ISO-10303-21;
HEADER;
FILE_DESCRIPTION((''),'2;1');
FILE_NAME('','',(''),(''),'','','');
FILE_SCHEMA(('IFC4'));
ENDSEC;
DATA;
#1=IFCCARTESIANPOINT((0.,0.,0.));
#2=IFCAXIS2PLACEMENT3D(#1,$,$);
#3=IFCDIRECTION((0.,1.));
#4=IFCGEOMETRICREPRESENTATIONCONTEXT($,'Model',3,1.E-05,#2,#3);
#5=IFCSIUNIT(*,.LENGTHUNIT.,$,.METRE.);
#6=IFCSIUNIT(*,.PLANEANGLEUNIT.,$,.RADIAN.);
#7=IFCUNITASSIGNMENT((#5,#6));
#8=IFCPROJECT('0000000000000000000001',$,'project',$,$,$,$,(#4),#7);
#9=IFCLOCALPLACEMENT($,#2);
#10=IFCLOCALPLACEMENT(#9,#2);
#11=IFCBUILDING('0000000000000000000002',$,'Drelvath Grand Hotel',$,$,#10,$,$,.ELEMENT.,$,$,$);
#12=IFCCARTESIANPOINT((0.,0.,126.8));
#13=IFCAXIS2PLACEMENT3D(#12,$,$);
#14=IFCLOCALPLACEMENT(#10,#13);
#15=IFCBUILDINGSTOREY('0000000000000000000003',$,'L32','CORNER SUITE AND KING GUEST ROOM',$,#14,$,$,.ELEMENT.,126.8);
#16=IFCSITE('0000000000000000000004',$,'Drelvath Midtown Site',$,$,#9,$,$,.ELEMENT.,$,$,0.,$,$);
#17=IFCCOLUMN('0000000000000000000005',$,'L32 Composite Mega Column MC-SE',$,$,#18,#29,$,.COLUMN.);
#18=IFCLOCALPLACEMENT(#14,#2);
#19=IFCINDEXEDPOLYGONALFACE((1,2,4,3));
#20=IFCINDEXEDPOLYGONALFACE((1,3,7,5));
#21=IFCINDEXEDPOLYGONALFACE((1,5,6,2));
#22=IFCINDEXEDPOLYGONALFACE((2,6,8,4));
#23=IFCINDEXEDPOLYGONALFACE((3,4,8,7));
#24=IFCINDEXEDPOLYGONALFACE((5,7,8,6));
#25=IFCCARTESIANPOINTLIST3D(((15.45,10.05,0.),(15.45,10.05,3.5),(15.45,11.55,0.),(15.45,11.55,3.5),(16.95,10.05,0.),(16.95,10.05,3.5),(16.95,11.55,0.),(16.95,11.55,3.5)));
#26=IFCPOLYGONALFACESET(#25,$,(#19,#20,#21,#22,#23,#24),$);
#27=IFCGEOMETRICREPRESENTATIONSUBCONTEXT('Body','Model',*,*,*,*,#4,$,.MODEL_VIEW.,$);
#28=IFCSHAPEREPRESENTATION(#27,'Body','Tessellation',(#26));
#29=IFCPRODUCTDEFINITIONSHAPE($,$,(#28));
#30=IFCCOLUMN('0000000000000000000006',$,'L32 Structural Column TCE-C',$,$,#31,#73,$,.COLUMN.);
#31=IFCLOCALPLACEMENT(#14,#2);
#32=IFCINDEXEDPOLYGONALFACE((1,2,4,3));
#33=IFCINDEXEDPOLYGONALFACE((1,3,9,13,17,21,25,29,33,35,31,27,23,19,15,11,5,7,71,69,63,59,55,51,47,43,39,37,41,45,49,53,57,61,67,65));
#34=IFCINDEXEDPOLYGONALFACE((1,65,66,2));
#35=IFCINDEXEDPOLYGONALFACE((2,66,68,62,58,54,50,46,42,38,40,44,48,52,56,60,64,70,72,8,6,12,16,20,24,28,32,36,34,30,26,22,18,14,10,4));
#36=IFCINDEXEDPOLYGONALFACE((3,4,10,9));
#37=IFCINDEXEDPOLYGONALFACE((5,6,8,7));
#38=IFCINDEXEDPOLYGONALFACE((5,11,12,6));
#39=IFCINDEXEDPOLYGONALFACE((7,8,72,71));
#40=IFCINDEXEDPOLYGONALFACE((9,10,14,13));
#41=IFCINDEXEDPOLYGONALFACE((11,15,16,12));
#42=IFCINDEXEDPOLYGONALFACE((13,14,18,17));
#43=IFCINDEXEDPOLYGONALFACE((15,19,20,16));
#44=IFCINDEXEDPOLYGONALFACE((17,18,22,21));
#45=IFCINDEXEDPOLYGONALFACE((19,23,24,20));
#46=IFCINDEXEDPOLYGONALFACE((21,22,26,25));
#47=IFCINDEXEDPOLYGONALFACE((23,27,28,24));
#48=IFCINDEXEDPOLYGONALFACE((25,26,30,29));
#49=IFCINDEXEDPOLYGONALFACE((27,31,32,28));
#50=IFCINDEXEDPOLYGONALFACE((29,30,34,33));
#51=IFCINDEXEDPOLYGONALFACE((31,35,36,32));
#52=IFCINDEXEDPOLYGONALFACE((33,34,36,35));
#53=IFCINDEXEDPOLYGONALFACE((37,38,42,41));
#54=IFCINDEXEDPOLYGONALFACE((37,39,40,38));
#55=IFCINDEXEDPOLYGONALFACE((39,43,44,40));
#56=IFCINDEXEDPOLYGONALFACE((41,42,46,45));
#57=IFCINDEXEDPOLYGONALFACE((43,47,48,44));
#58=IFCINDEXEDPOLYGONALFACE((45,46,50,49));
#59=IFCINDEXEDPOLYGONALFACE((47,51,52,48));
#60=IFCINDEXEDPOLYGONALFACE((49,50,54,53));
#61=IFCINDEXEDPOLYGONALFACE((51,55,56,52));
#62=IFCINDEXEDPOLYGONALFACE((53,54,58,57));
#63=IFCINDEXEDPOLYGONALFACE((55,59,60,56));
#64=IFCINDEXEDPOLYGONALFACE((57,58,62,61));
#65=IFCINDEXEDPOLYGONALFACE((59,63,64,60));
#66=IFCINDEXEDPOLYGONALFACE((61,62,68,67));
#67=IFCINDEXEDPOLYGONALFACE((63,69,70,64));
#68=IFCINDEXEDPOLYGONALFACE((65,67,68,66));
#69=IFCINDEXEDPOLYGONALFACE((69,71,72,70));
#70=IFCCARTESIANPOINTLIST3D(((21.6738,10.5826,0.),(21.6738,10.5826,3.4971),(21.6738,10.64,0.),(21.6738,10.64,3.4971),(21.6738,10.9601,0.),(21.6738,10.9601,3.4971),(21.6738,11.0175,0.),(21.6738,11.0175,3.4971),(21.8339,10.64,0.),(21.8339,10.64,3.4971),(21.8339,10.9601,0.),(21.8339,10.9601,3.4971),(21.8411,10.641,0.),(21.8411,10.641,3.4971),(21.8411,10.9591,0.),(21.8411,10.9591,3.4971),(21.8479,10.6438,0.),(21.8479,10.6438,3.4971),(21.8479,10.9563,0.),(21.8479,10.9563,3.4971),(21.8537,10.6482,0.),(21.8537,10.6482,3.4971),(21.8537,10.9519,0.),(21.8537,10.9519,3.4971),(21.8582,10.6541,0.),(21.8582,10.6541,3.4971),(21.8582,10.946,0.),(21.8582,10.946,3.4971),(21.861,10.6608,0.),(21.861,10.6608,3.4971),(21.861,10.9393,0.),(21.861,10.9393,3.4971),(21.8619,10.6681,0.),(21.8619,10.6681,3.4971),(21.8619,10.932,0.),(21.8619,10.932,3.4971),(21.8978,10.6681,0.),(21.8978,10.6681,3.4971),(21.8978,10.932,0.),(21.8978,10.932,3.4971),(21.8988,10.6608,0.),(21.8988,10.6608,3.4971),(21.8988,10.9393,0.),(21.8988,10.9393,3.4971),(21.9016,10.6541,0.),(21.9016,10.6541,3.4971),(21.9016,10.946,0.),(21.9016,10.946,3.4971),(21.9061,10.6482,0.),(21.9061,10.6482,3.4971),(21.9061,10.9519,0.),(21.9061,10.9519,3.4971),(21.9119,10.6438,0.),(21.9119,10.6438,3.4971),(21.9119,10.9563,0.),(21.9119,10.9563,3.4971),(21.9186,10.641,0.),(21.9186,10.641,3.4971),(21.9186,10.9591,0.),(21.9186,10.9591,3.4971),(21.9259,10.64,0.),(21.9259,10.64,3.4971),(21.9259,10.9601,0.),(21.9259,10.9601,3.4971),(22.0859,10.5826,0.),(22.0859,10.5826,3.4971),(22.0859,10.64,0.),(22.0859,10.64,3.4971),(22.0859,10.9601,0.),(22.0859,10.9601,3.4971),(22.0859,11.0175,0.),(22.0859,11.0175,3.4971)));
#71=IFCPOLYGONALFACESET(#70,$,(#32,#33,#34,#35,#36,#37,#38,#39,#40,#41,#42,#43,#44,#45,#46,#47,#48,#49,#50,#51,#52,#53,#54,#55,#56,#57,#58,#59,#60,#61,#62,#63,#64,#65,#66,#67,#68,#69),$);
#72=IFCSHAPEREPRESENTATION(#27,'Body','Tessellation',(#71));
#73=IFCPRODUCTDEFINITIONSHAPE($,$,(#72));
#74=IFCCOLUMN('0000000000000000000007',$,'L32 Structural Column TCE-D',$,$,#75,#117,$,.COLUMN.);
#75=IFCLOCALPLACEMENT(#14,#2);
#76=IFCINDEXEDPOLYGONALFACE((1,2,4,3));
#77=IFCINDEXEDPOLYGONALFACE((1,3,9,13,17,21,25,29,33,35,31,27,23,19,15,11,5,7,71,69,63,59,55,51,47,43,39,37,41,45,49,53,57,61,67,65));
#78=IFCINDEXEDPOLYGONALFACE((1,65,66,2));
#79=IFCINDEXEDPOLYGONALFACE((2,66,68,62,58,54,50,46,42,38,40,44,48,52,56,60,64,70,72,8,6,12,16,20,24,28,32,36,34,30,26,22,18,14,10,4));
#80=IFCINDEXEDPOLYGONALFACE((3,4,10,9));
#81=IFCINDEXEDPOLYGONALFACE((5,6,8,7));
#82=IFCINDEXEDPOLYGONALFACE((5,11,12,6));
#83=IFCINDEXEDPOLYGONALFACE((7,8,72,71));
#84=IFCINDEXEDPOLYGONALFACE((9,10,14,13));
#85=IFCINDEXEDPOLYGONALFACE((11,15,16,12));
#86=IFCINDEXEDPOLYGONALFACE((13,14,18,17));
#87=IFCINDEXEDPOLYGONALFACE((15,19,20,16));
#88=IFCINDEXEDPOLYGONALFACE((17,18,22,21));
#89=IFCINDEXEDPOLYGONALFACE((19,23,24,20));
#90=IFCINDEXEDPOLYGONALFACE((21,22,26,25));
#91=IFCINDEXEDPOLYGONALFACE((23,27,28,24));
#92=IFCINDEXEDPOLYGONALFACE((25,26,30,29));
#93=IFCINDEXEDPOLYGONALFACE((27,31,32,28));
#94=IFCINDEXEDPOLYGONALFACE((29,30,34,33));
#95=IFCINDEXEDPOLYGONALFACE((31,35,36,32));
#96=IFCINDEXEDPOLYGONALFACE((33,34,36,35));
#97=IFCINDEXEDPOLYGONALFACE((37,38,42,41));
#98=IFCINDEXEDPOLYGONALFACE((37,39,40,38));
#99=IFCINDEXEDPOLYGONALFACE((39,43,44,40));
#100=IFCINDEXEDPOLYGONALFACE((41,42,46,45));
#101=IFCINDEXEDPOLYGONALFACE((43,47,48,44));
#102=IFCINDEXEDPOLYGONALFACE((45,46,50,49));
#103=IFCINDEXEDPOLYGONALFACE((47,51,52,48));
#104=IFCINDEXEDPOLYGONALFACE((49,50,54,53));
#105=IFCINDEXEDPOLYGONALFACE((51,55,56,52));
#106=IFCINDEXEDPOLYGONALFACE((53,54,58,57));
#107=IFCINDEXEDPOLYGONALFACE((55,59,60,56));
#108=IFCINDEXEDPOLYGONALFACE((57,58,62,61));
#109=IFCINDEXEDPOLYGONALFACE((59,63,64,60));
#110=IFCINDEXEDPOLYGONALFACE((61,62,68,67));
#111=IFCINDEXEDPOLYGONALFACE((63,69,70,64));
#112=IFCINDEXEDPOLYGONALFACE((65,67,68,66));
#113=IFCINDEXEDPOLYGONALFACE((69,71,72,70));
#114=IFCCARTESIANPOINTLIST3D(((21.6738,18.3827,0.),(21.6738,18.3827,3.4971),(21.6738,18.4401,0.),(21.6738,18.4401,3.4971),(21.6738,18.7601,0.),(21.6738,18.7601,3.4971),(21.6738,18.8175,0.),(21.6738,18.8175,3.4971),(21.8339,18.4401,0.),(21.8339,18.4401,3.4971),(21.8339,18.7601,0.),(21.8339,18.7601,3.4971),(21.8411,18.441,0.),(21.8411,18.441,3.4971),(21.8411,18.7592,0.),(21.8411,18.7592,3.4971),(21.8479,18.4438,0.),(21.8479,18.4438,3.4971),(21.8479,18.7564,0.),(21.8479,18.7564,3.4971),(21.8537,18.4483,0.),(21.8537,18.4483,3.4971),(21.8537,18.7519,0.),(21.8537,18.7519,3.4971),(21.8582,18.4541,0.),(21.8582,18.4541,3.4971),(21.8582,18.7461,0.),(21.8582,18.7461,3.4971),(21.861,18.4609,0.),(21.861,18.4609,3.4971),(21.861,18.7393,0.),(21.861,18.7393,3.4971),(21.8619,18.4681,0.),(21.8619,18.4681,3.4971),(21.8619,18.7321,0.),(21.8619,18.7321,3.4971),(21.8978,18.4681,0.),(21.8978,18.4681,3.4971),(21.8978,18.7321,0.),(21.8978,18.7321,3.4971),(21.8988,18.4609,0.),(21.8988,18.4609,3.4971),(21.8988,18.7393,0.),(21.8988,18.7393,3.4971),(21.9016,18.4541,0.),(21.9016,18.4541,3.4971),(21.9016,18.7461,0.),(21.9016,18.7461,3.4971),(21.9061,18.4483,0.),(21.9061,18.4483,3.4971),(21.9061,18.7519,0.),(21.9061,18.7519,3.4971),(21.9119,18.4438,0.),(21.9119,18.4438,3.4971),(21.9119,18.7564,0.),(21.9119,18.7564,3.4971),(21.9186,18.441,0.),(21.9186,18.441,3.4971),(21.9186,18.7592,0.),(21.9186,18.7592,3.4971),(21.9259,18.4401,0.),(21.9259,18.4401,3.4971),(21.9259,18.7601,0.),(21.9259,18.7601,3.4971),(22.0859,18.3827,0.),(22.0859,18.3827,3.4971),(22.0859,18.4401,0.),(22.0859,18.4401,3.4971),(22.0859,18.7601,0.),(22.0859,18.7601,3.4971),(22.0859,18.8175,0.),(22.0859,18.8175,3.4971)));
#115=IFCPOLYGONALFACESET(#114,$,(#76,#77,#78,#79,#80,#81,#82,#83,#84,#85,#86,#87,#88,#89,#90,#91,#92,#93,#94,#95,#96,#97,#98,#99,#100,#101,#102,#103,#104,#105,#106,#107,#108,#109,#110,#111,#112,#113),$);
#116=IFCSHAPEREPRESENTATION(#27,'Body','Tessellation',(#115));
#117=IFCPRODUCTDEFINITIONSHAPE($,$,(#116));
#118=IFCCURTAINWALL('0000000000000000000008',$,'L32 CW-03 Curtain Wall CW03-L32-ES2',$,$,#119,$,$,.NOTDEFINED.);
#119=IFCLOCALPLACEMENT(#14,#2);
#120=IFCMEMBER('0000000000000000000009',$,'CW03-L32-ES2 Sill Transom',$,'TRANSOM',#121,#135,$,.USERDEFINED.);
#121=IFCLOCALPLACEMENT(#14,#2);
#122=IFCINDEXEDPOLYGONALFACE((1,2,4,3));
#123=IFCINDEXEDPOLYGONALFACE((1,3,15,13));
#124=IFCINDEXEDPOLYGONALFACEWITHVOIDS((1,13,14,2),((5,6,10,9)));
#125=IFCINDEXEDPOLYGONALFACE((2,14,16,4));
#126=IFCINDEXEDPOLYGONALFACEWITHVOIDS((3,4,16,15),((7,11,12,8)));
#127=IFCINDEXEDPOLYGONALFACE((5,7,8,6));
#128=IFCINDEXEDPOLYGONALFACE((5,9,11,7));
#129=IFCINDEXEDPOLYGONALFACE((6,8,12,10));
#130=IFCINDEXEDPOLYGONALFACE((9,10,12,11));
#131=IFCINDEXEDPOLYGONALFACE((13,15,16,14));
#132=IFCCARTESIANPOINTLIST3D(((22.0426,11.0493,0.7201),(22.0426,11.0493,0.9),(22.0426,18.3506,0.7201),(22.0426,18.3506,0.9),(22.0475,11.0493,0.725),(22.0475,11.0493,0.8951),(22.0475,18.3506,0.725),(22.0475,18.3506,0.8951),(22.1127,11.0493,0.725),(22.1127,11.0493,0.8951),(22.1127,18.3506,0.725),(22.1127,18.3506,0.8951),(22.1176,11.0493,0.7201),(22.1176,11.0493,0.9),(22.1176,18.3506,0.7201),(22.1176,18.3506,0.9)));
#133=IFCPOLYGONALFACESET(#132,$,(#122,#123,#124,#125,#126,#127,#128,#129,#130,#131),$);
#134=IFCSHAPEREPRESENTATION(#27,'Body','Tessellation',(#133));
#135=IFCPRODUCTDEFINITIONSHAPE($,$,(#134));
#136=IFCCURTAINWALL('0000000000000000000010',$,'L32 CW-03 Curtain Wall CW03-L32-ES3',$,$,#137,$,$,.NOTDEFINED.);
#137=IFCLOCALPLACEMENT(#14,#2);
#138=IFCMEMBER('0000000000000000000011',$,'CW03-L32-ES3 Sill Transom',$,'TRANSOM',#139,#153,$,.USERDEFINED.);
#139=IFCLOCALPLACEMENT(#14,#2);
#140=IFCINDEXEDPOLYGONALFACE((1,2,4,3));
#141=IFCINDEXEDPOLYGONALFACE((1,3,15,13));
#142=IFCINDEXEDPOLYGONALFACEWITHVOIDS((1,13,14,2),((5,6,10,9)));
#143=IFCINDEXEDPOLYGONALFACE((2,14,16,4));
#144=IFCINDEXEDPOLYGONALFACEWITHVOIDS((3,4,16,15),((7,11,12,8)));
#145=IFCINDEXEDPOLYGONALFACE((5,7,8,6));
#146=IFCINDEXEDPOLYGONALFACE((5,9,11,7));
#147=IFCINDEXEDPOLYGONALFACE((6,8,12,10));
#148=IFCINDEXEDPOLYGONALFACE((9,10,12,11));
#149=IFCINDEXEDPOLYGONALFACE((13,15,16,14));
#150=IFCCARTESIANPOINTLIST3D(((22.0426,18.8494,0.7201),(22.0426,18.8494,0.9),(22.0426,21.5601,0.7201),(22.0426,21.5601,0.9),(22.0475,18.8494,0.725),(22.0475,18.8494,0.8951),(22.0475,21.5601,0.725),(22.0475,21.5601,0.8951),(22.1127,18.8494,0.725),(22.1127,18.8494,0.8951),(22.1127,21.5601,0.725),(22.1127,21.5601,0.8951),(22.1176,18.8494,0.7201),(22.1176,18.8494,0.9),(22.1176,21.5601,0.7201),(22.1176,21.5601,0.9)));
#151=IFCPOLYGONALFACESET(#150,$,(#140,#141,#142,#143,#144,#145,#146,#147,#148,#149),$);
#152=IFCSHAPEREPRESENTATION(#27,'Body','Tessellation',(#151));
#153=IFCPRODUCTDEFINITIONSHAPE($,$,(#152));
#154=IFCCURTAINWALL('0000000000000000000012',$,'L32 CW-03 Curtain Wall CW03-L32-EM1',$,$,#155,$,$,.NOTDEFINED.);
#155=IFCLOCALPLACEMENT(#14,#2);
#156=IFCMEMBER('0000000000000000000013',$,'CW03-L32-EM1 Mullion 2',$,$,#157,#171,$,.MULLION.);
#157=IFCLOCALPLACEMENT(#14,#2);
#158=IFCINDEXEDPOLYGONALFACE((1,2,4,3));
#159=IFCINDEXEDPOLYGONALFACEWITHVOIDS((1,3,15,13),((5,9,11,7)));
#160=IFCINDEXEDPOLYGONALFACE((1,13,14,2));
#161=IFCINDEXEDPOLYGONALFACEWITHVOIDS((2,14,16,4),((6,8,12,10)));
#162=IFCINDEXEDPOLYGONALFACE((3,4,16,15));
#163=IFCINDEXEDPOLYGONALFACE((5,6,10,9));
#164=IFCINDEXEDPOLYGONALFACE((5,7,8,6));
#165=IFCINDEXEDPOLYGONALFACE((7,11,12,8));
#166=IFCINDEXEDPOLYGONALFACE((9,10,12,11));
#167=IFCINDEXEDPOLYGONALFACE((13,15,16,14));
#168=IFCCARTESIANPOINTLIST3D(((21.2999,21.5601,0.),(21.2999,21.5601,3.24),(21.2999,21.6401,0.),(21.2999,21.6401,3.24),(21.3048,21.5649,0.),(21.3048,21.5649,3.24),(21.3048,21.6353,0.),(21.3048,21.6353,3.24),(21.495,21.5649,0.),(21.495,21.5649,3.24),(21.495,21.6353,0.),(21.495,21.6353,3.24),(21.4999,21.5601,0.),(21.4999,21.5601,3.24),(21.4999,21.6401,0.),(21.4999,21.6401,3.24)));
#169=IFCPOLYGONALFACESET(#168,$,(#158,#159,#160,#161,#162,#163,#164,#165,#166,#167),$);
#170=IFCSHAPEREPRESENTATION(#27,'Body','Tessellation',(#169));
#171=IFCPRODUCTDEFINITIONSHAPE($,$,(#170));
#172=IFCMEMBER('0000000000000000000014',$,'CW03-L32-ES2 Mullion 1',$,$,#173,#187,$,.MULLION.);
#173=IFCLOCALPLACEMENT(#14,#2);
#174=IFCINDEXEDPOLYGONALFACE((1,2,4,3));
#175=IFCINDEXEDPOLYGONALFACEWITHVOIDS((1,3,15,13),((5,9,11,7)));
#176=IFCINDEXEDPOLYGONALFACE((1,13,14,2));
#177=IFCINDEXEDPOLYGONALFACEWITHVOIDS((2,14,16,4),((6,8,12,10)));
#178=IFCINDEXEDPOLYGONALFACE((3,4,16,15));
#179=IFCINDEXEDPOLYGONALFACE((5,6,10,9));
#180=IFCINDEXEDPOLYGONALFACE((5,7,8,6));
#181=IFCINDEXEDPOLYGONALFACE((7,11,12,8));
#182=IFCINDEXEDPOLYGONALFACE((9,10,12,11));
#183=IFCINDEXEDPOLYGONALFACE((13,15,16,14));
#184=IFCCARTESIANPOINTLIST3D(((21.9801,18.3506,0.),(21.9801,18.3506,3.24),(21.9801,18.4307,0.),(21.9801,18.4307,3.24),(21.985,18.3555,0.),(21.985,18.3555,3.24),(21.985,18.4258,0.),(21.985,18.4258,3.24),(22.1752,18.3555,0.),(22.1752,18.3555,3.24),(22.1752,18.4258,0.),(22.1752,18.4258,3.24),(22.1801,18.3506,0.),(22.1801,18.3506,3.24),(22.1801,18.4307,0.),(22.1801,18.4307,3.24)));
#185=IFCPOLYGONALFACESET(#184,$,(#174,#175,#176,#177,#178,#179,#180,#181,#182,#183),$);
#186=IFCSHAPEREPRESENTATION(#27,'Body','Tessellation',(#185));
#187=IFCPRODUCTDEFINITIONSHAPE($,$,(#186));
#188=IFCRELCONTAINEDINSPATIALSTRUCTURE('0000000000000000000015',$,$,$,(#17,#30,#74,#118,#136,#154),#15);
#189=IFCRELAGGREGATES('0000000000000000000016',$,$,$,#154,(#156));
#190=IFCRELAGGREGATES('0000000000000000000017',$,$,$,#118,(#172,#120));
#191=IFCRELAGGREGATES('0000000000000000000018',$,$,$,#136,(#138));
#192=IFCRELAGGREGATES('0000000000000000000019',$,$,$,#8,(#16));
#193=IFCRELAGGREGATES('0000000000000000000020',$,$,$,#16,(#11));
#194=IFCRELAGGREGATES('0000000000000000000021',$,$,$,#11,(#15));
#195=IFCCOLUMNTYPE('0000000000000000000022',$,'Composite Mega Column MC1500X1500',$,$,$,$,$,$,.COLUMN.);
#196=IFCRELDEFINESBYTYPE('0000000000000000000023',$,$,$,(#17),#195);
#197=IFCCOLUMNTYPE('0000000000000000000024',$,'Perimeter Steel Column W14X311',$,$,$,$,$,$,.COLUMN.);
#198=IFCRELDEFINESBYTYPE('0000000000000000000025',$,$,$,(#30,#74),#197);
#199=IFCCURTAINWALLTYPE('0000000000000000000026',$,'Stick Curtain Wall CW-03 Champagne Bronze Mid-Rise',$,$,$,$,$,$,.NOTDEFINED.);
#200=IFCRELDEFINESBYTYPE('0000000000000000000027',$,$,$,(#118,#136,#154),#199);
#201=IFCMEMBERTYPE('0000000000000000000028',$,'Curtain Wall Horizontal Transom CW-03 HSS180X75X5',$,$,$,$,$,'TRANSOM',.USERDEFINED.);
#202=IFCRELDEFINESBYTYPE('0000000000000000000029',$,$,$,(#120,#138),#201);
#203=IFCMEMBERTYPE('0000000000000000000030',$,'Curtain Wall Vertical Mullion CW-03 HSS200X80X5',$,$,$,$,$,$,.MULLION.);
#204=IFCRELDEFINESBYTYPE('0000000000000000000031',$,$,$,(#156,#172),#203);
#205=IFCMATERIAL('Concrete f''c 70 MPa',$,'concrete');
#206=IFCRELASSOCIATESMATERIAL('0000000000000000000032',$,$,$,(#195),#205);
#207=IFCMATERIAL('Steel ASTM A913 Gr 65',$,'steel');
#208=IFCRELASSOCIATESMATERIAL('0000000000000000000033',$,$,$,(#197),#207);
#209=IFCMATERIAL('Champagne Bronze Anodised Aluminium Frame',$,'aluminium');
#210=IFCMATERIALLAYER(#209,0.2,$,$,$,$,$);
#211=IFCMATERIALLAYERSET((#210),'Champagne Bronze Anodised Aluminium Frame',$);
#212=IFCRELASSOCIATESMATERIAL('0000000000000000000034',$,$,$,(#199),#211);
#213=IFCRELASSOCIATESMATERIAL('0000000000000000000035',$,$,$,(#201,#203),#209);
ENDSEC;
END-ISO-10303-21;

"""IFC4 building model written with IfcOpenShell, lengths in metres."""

from ifc_helpers import new_model, si_unit, direction, frame, origin, origin_2d, place, context, subcontext, project, spatial, rectangle, hollow_rectangle, i_section, extrude, material, layer, layer_set, material_profile, profile_set, type_object, element, aggregate, save


model = new_model("IFC4")

# Units and contexts
model_context = context("Model", 3, precision=1e-05, world=origin(), true_north=direction((0.0, 1.0)))
body_context = subcontext(model_context, "Body", "Model", "MODEL_VIEW")
ifc_project = project(units=[si_unit("LENGTHUNIT", "METRE"), si_unit("PLANEANGLEUNIT", "RADIAN")], contexts=[model_context])

# Site, building, storey
site_placement = place(None, origin())
site = spatial("IfcSite", under=ifc_project, at=site_placement, Name="Drelvath Midtown Site", CompositionType="ELEMENT", RefElevation=0.0)
building_placement = place(site_placement, origin())
building = spatial("IfcBuilding", under=site, at=building_placement, Name="Drelvath Grand Hotel", CompositionType="ELEMENT")
storey_placement = place(building_placement, frame((0.0, 0.0, 126.8)))
storey = spatial("IfcBuildingStorey", under=building, at=storey_placement, Name="L32", Description="CORNER SUITE AND KING GUEST ROOM", CompositionType="ELEMENT", Elevation=126.8)

# Columns
ifc_material_1 = material(Name="Concrete f'c 70 MPa", Category="concrete")
ifc_material_profile_1 = material_profile(ifc_material_1, rectangle(XDim=1.5, YDim=1.5, at=origin_2d()), Name="MC1500X1500")
ifc_profile_set_1 = profile_set([ifc_material_profile_1], Name="Concrete f'c 70 MPa")
column_type_1 = type_object("IfcColumnType", Name="Composite Mega Column MC1500X1500", PredefinedType="COLUMN", material=ifc_profile_set_1)
column_placement = place(storey_placement, frame((16.2, 10.8, 0.0), z_axis=(0.0, 0.0, 1.0), x_axis=(1.0, 0.0, 0.0)))
element("IfcColumn", 1, at=column_placement, inside=storey, type_object=column_type_1, Name="L32 Composite Mega Column MC-SE", PredefinedType="COLUMN", context=body_context, shape_type="SweptSolid", body=[
    extrude(rectangle(XDim=1.5, YDim=1.5, at=origin_2d()), origin(), (0.0, 0.0, 1.0), 3.5),
])
ifc_material_2 = material(Name="Steel ASTM A913 Gr 65", Category="steel")
ifc_material_profile_2 = material_profile(ifc_material_2, i_section(OverallWidth=0.4121, OverallDepth=0.4348, WebThickness=0.0359, FlangeThickness=0.0574, FilletRadius=0.0281, at=origin_2d()), Name="W14X311")
ifc_profile_set_2 = profile_set([ifc_material_profile_2], Name="Steel ASTM A913 Gr 65")
column_type_2 = type_object("IfcColumnType", Name="Perimeter Steel Column W14X311", PredefinedType="COLUMN", material=ifc_profile_set_2)
for number, where, z_axis, x_axis, name in (
    (2, (21.8799, 10.8, 0.0), (0.0, 0.0, 1.0), (1.0, 0.0, 0.0), "L32 Structural Column TCE-C"),
    (3, (21.8799, 18.6001, 0.0), (0.0, 0.0, 1.0), (1.0, 0.0, 0.0), "L32 Structural Column TCE-D"),
):
    element("IfcColumn", number, at=place(storey_placement, frame(where, z_axis=z_axis, x_axis=x_axis)), inside=storey, type_object=column_type_2, Name=name, PredefinedType="COLUMN", context=body_context, shape_type="SweptSolid", body=[
        extrude(i_section(OverallWidth=0.4121, OverallDepth=0.4348, WebThickness=0.0359, FlangeThickness=0.0574, FilletRadius=0.0281, at=origin_2d()), origin(), (0.0, 0.0, 1.0), 3.4971),
    ])

# Curtain walls, members
ifc_material_3 = material(Name="Champagne Bronze Anodised Aluminium Frame", Category="aluminium")
ifc_layer_1 = layer(ifc_material_3, 0.2)
ifc_layer_set_1 = layer_set([ifc_layer_1], Name="Champagne Bronze Anodised Aluminium Frame")
curtain_wall_type = type_object("IfcCurtainWallType", Name="Stick Curtain Wall CW-03 Champagne Bronze Mid-Rise", PredefinedType="NOTDEFINED", material=ifc_layer_set_1)
curtain_wall_1_placement = place(storey_placement, origin())
curtain_wall_1 = element("IfcCurtainWall", 4, at=curtain_wall_1_placement, inside=storey, type_object=curtain_wall_type, Name="L32 CW-03 Curtain Wall CW03-L32-ES2", PredefinedType="NOTDEFINED")
ifc_material_profile_3 = material_profile(ifc_material_3, hollow_rectangle(XDim=0.075, YDim=0.1799, WallThickness=0.0049, at=origin_2d()), Name="HSS180X75X5")
ifc_profile_set_3 = profile_set([ifc_material_profile_3], Name="Champagne Bronze Anodised Aluminium Frame")
member_type_1 = type_object("IfcMemberType", Name="Curtain Wall Horizontal Transom CW-03 HSS180X75X5", ElementType="TRANSOM", PredefinedType="USERDEFINED", material=ifc_profile_set_3)
member_1_placement = place(storey_placement, frame((22.0801, 18.3506, 0.8101), z_axis=(0.0, -1.0, 0.0), x_axis=(1.0, 0.0, 0.0)))
member_1 = element("IfcMember", 5, at=member_1_placement, type_object=member_type_1, Name="CW03-L32-ES2 Sill Transom", ObjectType="TRANSOM", PredefinedType="USERDEFINED", context=body_context, shape_type="SweptSolid", body=[
    extrude(hollow_rectangle(XDim=0.075, YDim=0.1799, WallThickness=0.0049, at=origin_2d()), origin(), (0.0, 0.0, 1.0), 7.3013),
])
curtain_wall_2_placement = place(storey_placement, origin())
curtain_wall_2 = element("IfcCurtainWall", 6, at=curtain_wall_2_placement, inside=storey, type_object=curtain_wall_type, Name="L32 CW-03 Curtain Wall CW03-L32-ES3", PredefinedType="NOTDEFINED")
member_2_placement = place(storey_placement, frame((22.0801, 21.5601, 0.8101), z_axis=(0.0, -1.0, 0.0), x_axis=(1.0, 0.0, 0.0)))
member_2 = element("IfcMember", 7, at=member_2_placement, type_object=member_type_1, Name="CW03-L32-ES3 Sill Transom", ObjectType="TRANSOM", PredefinedType="USERDEFINED", context=body_context, shape_type="SweptSolid", body=[
    extrude(hollow_rectangle(XDim=0.075, YDim=0.1799, WallThickness=0.0049, at=origin_2d()), origin(), (0.0, 0.0, 1.0), 2.7107),
])
curtain_wall_3_placement = place(storey_placement, origin())
curtain_wall_3 = element("IfcCurtainWall", 8, at=curtain_wall_3_placement, inside=storey, type_object=curtain_wall_type, Name="L32 CW-03 Curtain Wall CW03-L32-EM1", PredefinedType="NOTDEFINED")
ifc_material_profile_4 = material_profile(ifc_material_3, hollow_rectangle(XDim=0.0801, YDim=0.2, WallThickness=0.0049, at=origin_2d()), Name="HSS200X80X5")
ifc_profile_set_4 = profile_set([ifc_material_profile_4], Name="Champagne Bronze Anodised Aluminium Frame")
member_type_2 = type_object("IfcMemberType", Name="Curtain Wall Vertical Mullion CW-03 HSS200X80X5", PredefinedType="MULLION", material=ifc_profile_set_4)
member_3_placement = place(storey_placement, frame((21.3999, 21.6001, 0.0), z_axis=(0.0, 0.0, 1.0), x_axis=(0.0, 1.0, 0.0)))
member_3 = element("IfcMember", 9, at=member_3_placement, type_object=member_type_2, Name="CW03-L32-EM1 Mullion 2", PredefinedType="MULLION", context=body_context, shape_type="SweptSolid", body=[
    extrude(hollow_rectangle(XDim=0.0801, YDim=0.2, WallThickness=0.0049, at=origin_2d()), origin(), (0.0, 0.0, 1.0), 3.24),
])

# Member
member_4_placement = place(storey_placement, frame((22.0801, 18.3906, 0.0), z_axis=(0.0, 0.0, 1.0), x_axis=(0.0, 1.0, 0.0)))
member_4 = element("IfcMember", 10, at=member_4_placement, type_object=member_type_2, Name="CW03-L32-ES2 Mullion 1", PredefinedType="MULLION", context=body_context, shape_type="SweptSolid", body=[
    extrude(hollow_rectangle(XDim=0.0801, YDim=0.2, WallThickness=0.0049, at=origin_2d()), origin(), (0.0, 0.0, 1.0), 3.24),
])

aggregate(curtain_wall_3, [member_3])
aggregate(curtain_wall_1, [member_4, member_1])
aggregate(curtain_wall_2, [member_2])

save(model, "model.ifc")
